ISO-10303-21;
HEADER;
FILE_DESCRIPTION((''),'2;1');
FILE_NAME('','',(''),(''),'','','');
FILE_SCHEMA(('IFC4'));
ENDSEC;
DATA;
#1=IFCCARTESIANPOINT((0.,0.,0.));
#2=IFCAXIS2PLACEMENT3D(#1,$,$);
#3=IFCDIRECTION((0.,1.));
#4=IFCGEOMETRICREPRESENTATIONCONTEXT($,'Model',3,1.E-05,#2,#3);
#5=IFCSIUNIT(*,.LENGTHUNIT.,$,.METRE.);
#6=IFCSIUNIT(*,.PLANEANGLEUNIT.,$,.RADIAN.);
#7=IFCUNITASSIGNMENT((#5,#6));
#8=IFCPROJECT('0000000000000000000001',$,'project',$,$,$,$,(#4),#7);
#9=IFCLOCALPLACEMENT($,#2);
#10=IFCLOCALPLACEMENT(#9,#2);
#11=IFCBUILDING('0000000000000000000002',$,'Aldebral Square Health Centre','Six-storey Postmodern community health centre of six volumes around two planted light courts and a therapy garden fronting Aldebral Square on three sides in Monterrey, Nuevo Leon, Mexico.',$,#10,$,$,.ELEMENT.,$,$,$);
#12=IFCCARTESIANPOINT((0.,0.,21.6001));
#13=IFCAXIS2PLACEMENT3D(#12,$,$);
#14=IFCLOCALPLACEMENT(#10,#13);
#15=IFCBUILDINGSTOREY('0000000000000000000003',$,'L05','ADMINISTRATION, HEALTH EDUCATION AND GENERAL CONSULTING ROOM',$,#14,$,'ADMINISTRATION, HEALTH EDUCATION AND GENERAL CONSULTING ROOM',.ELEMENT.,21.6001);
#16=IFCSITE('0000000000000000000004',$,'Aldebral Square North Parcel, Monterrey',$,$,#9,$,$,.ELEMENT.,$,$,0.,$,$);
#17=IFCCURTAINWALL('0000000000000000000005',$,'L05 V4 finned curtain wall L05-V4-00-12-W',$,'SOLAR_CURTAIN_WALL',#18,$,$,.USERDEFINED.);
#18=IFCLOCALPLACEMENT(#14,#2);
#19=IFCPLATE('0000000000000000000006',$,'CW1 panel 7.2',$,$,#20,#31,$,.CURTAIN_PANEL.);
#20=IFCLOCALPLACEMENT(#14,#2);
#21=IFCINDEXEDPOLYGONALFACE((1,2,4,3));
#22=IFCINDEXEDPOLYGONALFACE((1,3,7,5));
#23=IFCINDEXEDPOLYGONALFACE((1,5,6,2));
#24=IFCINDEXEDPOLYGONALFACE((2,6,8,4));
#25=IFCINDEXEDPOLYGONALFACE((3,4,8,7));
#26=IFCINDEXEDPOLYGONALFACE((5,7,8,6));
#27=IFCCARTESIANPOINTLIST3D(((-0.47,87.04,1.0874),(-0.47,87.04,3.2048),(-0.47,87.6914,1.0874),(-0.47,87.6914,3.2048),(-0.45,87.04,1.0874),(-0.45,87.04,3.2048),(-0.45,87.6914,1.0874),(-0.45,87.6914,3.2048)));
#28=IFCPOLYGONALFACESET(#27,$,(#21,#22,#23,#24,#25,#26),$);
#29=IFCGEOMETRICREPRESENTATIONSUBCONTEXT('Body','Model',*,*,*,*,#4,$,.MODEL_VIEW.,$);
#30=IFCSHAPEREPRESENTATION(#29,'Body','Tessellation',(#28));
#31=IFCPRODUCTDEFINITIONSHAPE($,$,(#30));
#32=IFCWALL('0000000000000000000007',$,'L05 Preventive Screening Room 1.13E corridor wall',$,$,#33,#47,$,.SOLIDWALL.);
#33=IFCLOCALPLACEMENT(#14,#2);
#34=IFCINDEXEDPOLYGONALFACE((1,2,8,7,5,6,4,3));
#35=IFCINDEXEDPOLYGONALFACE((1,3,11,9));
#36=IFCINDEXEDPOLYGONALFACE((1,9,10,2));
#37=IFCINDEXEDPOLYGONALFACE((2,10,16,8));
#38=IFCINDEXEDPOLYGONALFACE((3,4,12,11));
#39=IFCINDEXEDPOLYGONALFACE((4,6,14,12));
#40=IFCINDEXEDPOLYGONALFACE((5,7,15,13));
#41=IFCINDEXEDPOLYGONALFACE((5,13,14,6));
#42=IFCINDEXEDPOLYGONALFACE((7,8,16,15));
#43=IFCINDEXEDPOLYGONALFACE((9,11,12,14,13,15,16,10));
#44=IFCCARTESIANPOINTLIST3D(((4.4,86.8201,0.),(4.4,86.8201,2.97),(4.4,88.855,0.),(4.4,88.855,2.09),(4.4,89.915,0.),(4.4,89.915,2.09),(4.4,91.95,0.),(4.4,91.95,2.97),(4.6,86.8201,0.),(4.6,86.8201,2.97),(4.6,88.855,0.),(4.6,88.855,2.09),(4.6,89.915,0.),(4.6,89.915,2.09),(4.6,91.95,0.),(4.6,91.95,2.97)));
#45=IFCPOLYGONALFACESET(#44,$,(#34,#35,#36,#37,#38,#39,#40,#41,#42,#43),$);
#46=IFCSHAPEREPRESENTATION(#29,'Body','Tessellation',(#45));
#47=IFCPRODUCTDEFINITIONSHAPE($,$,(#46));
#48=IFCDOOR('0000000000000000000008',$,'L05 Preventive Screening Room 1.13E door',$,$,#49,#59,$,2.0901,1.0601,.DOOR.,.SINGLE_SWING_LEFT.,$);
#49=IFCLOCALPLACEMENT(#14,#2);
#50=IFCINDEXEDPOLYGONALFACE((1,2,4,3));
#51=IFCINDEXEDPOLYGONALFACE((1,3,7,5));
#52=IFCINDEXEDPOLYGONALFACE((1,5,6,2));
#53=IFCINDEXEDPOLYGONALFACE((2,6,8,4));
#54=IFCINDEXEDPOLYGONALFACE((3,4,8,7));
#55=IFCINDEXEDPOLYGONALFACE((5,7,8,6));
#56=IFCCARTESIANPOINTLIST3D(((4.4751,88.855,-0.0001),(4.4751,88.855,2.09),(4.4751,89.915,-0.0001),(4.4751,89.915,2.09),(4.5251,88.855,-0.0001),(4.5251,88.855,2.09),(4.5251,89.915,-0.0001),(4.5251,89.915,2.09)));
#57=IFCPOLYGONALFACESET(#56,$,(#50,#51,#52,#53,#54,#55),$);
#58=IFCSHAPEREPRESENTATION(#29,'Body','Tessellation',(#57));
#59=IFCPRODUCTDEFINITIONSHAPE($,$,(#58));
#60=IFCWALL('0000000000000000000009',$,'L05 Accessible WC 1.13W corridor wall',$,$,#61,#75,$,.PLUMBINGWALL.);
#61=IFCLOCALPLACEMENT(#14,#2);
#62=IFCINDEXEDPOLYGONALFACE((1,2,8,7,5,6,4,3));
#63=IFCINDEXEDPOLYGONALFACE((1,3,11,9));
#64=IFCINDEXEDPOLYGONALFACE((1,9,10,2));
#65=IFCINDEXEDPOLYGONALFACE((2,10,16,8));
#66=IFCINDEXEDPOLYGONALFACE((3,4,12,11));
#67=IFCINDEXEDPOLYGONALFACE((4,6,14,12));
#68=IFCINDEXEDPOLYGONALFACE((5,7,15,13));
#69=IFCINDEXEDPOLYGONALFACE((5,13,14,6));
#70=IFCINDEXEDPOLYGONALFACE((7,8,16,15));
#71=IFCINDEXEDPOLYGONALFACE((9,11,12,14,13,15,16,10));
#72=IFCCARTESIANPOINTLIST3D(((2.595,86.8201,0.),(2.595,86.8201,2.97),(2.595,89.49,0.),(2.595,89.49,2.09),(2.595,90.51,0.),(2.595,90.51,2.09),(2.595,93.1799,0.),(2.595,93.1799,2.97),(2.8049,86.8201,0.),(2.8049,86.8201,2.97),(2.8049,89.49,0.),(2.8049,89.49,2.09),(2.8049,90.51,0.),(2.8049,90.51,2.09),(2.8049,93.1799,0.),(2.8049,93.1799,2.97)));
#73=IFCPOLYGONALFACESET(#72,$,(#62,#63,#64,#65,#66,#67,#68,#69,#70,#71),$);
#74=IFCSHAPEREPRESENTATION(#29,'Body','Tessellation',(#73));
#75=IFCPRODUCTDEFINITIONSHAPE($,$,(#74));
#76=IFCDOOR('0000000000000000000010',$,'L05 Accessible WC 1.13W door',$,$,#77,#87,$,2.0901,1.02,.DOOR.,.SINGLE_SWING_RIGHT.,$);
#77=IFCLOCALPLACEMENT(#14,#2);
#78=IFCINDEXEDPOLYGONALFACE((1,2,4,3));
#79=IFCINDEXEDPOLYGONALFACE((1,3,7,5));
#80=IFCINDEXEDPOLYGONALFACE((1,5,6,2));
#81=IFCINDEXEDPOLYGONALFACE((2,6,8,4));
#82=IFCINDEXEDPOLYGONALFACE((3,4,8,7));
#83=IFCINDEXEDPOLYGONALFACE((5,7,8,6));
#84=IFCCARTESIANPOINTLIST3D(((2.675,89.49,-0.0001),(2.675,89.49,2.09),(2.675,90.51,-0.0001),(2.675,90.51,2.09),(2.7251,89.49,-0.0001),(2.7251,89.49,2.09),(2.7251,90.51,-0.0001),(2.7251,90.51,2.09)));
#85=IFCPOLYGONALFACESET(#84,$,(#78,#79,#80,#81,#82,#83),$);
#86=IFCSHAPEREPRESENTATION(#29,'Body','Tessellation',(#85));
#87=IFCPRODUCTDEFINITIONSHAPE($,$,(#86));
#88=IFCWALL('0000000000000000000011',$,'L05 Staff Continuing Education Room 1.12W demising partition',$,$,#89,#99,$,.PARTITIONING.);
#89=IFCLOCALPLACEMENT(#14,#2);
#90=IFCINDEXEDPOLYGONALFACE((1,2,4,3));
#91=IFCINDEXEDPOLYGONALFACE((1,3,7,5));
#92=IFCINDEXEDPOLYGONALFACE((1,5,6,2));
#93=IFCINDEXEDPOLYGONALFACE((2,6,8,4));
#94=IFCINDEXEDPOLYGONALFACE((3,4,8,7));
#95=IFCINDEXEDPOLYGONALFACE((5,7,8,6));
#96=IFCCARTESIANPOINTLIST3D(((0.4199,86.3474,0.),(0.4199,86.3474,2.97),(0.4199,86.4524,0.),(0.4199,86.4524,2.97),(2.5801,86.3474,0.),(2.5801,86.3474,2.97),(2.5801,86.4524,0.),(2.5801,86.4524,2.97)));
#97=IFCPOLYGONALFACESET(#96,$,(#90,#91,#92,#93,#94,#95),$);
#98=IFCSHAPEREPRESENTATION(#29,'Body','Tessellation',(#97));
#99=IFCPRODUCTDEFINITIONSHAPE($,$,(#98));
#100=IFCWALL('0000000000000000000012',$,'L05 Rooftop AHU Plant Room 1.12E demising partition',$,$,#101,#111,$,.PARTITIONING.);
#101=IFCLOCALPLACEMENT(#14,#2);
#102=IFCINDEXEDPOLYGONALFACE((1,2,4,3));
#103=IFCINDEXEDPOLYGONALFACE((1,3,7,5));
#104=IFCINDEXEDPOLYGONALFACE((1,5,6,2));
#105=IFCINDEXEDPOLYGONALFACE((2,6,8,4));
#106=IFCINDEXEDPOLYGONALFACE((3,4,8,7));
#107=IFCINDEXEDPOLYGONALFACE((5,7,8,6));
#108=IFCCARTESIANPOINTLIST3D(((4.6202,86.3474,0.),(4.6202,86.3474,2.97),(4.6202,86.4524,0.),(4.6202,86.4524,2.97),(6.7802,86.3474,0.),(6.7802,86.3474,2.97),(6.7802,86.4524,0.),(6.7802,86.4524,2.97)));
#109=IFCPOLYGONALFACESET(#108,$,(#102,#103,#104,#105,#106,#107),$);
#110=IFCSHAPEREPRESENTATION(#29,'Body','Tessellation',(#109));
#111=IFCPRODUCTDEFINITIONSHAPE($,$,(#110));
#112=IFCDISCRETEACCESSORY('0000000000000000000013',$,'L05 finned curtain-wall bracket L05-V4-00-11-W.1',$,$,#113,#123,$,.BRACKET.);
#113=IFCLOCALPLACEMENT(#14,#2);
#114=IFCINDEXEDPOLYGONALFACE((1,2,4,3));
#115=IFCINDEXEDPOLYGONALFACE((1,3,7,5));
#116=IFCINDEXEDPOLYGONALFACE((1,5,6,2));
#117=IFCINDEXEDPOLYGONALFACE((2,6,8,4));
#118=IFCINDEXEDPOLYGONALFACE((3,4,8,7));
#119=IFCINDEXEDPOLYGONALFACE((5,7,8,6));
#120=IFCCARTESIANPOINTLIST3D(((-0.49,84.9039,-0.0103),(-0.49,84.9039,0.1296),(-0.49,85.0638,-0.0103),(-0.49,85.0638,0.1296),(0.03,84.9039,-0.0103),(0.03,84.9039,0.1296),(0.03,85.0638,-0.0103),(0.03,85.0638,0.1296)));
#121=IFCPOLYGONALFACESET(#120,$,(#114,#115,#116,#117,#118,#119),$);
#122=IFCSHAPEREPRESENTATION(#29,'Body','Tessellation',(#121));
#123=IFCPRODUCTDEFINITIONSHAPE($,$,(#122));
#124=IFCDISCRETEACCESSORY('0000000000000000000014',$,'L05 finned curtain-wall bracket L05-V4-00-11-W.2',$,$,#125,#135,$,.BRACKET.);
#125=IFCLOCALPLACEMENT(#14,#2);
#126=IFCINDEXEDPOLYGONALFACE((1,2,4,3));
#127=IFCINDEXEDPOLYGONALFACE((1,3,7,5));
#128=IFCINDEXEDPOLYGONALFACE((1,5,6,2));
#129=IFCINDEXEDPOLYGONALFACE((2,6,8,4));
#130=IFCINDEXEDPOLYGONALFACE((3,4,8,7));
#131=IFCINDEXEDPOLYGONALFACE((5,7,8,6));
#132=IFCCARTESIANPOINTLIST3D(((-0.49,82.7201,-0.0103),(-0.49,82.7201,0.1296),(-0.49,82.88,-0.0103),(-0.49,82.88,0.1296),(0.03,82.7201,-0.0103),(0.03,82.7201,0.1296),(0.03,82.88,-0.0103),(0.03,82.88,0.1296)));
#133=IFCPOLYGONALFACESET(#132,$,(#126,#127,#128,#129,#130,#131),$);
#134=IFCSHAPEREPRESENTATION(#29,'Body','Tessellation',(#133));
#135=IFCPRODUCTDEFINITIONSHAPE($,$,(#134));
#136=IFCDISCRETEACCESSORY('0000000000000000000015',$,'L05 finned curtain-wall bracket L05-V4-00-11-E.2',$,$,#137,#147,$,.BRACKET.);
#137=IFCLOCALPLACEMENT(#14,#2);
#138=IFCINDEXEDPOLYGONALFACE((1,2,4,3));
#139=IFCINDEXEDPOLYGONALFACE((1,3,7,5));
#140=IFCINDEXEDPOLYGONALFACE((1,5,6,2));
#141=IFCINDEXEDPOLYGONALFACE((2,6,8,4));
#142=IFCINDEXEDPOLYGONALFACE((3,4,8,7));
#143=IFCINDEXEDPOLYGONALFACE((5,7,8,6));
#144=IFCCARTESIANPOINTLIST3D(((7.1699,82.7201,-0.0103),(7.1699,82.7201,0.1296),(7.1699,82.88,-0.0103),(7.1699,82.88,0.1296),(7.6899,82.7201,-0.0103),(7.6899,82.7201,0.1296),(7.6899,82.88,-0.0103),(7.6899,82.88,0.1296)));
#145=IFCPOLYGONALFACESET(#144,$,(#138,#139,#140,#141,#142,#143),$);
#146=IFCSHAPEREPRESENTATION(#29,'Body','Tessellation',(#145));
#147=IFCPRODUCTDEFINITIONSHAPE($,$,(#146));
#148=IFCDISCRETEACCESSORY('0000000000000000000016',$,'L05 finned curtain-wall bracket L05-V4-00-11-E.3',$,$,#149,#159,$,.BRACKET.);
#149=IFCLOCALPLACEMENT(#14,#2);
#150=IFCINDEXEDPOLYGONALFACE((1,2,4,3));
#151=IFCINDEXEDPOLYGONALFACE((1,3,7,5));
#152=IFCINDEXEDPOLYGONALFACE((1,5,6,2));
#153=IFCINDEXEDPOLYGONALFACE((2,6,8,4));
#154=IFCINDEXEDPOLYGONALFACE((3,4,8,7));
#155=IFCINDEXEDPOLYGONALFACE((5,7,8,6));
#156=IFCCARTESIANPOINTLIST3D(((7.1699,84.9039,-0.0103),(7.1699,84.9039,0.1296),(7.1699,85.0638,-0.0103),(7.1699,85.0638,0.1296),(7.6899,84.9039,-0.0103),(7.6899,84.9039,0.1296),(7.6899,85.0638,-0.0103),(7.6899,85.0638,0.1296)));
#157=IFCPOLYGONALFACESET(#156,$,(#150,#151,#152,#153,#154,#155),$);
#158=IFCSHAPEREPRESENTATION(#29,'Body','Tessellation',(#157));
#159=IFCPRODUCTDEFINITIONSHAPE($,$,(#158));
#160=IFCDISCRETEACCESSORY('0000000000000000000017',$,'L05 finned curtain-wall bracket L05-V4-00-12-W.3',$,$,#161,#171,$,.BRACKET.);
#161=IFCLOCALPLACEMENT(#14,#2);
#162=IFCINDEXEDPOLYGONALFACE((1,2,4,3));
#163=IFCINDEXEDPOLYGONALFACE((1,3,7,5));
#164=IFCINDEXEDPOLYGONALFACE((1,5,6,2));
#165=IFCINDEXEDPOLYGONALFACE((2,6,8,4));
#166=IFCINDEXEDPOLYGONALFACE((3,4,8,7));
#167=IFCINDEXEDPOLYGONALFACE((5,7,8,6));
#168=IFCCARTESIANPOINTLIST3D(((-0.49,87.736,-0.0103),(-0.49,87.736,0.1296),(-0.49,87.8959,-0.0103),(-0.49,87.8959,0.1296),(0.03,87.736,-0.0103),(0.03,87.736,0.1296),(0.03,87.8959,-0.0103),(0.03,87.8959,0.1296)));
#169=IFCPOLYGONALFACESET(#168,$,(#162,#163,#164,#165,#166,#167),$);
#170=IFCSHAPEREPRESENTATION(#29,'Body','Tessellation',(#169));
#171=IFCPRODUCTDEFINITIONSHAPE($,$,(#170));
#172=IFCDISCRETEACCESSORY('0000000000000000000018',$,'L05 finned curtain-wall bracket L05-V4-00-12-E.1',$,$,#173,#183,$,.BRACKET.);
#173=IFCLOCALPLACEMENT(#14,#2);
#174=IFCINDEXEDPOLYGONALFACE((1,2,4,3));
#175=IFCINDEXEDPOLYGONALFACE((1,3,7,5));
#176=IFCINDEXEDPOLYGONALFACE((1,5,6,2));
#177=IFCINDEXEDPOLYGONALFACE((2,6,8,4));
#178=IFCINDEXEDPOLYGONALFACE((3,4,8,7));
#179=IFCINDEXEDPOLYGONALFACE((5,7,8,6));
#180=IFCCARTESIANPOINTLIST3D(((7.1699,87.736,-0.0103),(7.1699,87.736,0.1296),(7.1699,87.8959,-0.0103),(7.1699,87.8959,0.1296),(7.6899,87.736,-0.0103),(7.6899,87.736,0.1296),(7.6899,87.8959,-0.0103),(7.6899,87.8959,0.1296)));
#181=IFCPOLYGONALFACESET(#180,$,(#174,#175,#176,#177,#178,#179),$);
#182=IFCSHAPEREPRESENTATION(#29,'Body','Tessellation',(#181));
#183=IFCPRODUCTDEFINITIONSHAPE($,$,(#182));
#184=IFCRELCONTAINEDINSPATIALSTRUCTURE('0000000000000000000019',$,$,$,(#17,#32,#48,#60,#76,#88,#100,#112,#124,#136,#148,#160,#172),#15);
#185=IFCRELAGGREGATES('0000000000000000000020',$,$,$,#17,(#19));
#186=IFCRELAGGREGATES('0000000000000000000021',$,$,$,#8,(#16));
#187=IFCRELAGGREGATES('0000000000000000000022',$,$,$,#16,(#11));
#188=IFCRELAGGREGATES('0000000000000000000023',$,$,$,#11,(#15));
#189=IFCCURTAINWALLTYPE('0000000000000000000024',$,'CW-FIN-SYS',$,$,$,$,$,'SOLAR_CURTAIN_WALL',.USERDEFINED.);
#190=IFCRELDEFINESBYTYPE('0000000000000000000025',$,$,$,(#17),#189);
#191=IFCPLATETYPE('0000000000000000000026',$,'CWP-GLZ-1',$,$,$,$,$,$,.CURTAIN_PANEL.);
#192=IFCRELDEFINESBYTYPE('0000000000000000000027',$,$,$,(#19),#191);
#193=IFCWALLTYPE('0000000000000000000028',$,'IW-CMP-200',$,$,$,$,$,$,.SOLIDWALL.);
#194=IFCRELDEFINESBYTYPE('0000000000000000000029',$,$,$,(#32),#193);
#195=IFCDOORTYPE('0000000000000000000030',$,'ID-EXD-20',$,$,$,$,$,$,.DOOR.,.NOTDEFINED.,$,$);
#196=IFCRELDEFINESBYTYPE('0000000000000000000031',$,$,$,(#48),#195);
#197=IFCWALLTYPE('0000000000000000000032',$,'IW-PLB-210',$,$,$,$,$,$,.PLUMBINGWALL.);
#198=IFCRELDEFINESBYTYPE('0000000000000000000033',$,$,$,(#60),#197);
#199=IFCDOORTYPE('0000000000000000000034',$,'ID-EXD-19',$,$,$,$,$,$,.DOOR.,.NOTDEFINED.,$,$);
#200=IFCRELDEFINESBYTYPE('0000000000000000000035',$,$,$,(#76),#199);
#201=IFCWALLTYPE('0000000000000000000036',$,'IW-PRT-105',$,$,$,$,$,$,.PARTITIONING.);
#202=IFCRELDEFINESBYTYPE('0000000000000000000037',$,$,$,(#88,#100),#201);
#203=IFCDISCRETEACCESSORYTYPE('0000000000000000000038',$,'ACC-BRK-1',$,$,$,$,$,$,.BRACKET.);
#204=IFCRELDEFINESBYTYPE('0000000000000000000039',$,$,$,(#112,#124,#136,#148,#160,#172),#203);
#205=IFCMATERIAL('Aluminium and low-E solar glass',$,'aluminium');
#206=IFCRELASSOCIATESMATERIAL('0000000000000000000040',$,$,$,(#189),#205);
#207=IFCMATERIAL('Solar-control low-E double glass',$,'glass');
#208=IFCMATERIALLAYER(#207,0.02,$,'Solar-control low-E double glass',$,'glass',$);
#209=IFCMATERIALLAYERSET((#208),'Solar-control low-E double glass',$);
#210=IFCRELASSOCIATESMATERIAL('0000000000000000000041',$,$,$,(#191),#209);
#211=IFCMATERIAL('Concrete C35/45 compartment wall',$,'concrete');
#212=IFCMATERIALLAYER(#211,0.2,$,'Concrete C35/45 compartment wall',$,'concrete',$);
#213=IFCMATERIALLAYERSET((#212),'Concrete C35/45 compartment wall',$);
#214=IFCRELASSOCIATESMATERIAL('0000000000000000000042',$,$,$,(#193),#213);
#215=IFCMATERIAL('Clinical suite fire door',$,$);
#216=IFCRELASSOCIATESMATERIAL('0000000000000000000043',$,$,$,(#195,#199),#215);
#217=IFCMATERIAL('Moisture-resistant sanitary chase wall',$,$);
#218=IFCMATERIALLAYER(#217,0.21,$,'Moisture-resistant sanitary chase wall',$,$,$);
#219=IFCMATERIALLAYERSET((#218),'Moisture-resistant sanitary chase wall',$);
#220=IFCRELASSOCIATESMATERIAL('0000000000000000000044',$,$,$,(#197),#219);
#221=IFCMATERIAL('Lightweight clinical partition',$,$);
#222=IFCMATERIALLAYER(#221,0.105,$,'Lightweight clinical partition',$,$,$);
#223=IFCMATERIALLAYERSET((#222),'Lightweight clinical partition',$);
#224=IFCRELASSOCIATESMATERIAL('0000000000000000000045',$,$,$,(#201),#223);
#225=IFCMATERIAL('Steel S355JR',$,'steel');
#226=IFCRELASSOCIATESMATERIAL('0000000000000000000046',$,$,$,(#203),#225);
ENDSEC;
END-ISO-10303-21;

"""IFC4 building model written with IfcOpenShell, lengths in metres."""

from ifc_helpers import new_model, si_unit, direction, frame, frame_2d, origin, origin_2d, place, context, subcontext, project, spatial, rectangle, extrude, material, layer, layer_set, type_object, element, fill, aggregate, save


model = new_model("IFC4")

# Units and contexts
model_context = context("Model", 3, precision=1e-05, world=origin(), true_north=direction((0.0, 1.0)))
body_context = subcontext(model_context, "Body", "Model", "MODEL_VIEW")
ifc_project = project(units=[si_unit("LENGTHUNIT", "METRE"), si_unit("PLANEANGLEUNIT", "RADIAN")], contexts=[model_context])

# Site, building, storey
site_placement = place(None, origin())
site = spatial("IfcSite", under=ifc_project, at=site_placement, Name="Aldebral Square North Parcel, Monterrey", CompositionType="ELEMENT", RefElevation=0.0)
building_placement = place(site_placement, origin())
building = spatial("IfcBuilding", under=site, at=building_placement, Name="Aldebral Square Health Centre", Description="Six-storey Postmodern community health centre of six volumes around two planted light courts and a therapy garden fronting Aldebral Square on three sides in Monterrey, Nuevo Leon, Mexico.", CompositionType="ELEMENT")
storey_placement = place(building_placement, frame((0.0, 0.0, 21.6001)))
storey = spatial("IfcBuildingStorey", under=building, at=storey_placement, Name="L05", Description="ADMINISTRATION, HEALTH EDUCATION AND GENERAL CONSULTING ROOM", LongName="ADMINISTRATION, HEALTH EDUCATION AND GENERAL CONSULTING ROOM", CompositionType="ELEMENT", Elevation=21.6001)

# Curtain wall, plate
ifc_material_1 = material(Name="Aluminium and low-E solar glass", Category="aluminium")
curtain_wall_type = type_object("IfcCurtainWallType", Name="CW-FIN-SYS", ElementType="SOLAR_CURTAIN_WALL", PredefinedType="USERDEFINED", material=ifc_material_1)
curtain_wall_placement = place(storey_placement, origin())
curtain_wall = element("IfcCurtainWall", 1, at=curtain_wall_placement, inside=storey, type_object=curtain_wall_type, Name="L05 V4 finned curtain wall L05-V4-00-12-W", ObjectType="SOLAR_CURTAIN_WALL", PredefinedType="USERDEFINED")
ifc_material_2 = material(Name="Solar-control low-E double glass", Category="glass")
ifc_layer_1 = layer(ifc_material_2, 0.02, Name="Solar-control low-E double glass", Category="glass")
ifc_layer_set_1 = layer_set([ifc_layer_1], Name="Solar-control low-E double glass")
plate_type = type_object("IfcPlateType", Name="CWP-GLZ-1", PredefinedType="CURTAIN_PANEL", material=ifc_layer_set_1)
plate_1_placement = place(storey_placement, frame((-0.46, 87.3657, 1.0874), z_axis=(0.0, 0.0, 1.0), x_axis=(0.0, -1.0, 0.0)))
plate_1 = element("IfcPlate", 2, at=plate_1_placement, type_object=plate_type, Name="CW1 panel 7.2", PredefinedType="CURTAIN_PANEL", context=body_context, shape_type="SweptSolid", body=[
    extrude(rectangle(XDim=0.6514, YDim=0.02, at=origin_2d()), origin(), (0.0, 0.0, 1.0), 2.1174),
])
aggregate(curtain_wall, [plate_1])

# Walls, openings, doors
ifc_material_3 = material(Name="Concrete C35/45 compartment wall", Category="concrete")
ifc_layer_2 = layer(ifc_material_3, 0.2, Name="Concrete C35/45 compartment wall", Category="concrete")
ifc_layer_set_2 = layer_set([ifc_layer_2], Name="Concrete C35/45 compartment wall")
wall_type_1 = type_object("IfcWallType", Name="IW-CMP-200", PredefinedType="SOLIDWALL", material=ifc_layer_set_2)
wall_1_placement = place(storey_placement, frame((4.5, 86.8201, 0.0), z_axis=(0.0, 0.0, 1.0), x_axis=(0.0, 1.0, 0.0)))
wall_1 = element("IfcWall", 3, at=wall_1_placement, inside=storey, type_object=wall_type_1, Name="L05 Preventive Screening Room 1.13E corridor wall", PredefinedType="SOLIDWALL", context=body_context, shape_type="SweptSolid", body=[
    extrude(rectangle(XDim=5.1299, YDim=0.2, at=frame_2d((2.5649, 0.0))), origin(), (0.0, 0.0, 1.0), 2.97),
])
opening_1_placement = place(wall_1_placement, frame((2.0349, 0.0, 0.0)))
opening_1 = element("IfcOpeningElement", 4, at=opening_1_placement, cuts=wall_1, PredefinedType="OPENING", context=body_context, shape_type="SweptSolid", body=[
    extrude(rectangle(XDim=1.0601, YDim=2.0901, at=frame_2d((0.53, 1.0449))), frame((0.0, 0.1099, 0.0), z_axis=(0.0, -1.0, 0.0), x_axis=(1.0, 0.0, 0.0)), (0.0, 0.0, 1.0), 0.22),
])
ifc_material_4 = material(Name="Clinical suite fire door")
door_type_1 = type_object("IfcDoorType", Name="ID-EXD-20", OperationType="NOTDEFINED", PredefinedType="DOOR", material=ifc_material_4)
door_1_placement = place(opening_1_placement, origin())
door_1 = element("IfcDoor", 5, at=door_1_placement, inside=storey, type_object=door_type_1, Name="L05 Preventive Screening Room 1.13E door", OperationType="SINGLE_SWING_LEFT", OverallHeight=2.0901, OverallWidth=1.0601, PredefinedType="DOOR", context=body_context, shape_type="SweptSolid", body=[
    extrude(rectangle(XDim=1.0601, YDim=2.0901, at=frame_2d((0.53, 1.0449))), frame((0.0, 0.0249, 0.0), z_axis=(0.0, -1.0, 0.0), x_axis=(1.0, 0.0, 0.0)), (0.0, 0.0, 1.0), 0.05),
])
fill(opening_1, door_1)
ifc_material_5 = material(Name="Moisture-resistant sanitary chase wall")
ifc_layer_3 = layer(ifc_material_5, 0.21, Name="Moisture-resistant sanitary chase wall")
ifc_layer_set_3 = layer_set([ifc_layer_3], Name="Moisture-resistant sanitary chase wall")
wall_type_2 = type_object("IfcWallType", Name="IW-PLB-210", PredefinedType="PLUMBINGWALL", material=ifc_layer_set_3)
wall_2_placement = place(storey_placement, frame((2.7, 86.8201, 0.0), z_axis=(0.0, 0.0, 1.0), x_axis=(0.0, 1.0, 0.0)))
wall_2 = element("IfcWall", 6, at=wall_2_placement, inside=storey, type_object=wall_type_2, Name="L05 Accessible WC 1.13W corridor wall", PredefinedType="PLUMBINGWALL", context=body_context, shape_type="SweptSolid", body=[
    extrude(rectangle(XDim=6.3599, YDim=0.21, at=frame_2d((3.1799, 0.0))), origin(), (0.0, 0.0, 1.0), 2.97),
])
opening_2_placement = place(wall_2_placement, frame((2.6699, 0.0, 0.0)))
opening_2 = element("IfcOpeningElement", 7, at=opening_2_placement, cuts=wall_2, PredefinedType="OPENING", context=body_context, shape_type="SweptSolid", body=[
    extrude(rectangle(XDim=1.02, YDim=2.0901, at=frame_2d((0.51, 1.0449))), frame((0.0, 0.115, 0.0), z_axis=(0.0, -1.0, 0.0), x_axis=(1.0, 0.0, 0.0)), (0.0, 0.0, 1.0), 0.23),
])
door_type_2 = type_object("IfcDoorType", Name="ID-EXD-19", OperationType="NOTDEFINED", PredefinedType="DOOR", material=ifc_material_4)
door_2_placement = place(opening_2_placement, origin())
door_2 = element("IfcDoor", 8, at=door_2_placement, inside=storey, type_object=door_type_2, Name="L05 Accessible WC 1.13W door", OperationType="SINGLE_SWING_RIGHT", OverallHeight=2.0901, OverallWidth=1.02, PredefinedType="DOOR", context=body_context, shape_type="SweptSolid", body=[
    extrude(rectangle(XDim=1.02, YDim=2.0901, at=frame_2d((0.51, 1.0449))), frame((0.0, 0.0249, 0.0), z_axis=(0.0, -1.0, 0.0), x_axis=(1.0, 0.0, 0.0)), (0.0, 0.0, 1.0), 0.05),
])
fill(opening_2, door_2)

# Walls
ifc_material_6 = material(Name="Lightweight clinical partition")
ifc_layer_4 = layer(ifc_material_6, 0.105, Name="Lightweight clinical partition")
ifc_layer_set_4 = layer_set([ifc_layer_4], Name="Lightweight clinical partition")
wall_type_3 = type_object("IfcWallType", Name="IW-PRT-105", PredefinedType="PARTITIONING", material=ifc_layer_set_4)
wall_3_placement = place(storey_placement, frame((0.4199, 86.3999, 0.0), z_axis=(0.0, 0.0, 1.0), x_axis=(1.0, 0.0, 0.0)))
element("IfcWall", 9, at=wall_3_placement, inside=storey, type_object=wall_type_3, Name="L05 Staff Continuing Education Room 1.12W demising partition", PredefinedType="PARTITIONING", context=body_context, shape_type="SweptSolid", body=[
    extrude(rectangle(XDim=2.1602, YDim=0.105, at=frame_2d((1.0801, 0.0))), origin(), (0.0, 0.0, 1.0), 2.97),
])
wall_4_placement = place(storey_placement, frame((4.6201, 86.3999, 0.0), z_axis=(0.0, 0.0, 1.0), x_axis=(1.0, 0.0, 0.0)))
element("IfcWall", 10, at=wall_4_placement, inside=storey, type_object=wall_type_3, Name="L05 Rooftop AHU Plant Room 1.12E demising partition", PredefinedType="PARTITIONING", context=body_context, shape_type="SweptSolid", body=[
    extrude(rectangle(XDim=2.1599, YDim=0.105, at=frame_2d((1.0801, 0.0))), origin(), (0.0, 0.0, 1.0), 2.97),
])

# Discrete accessories
ifc_material_7 = material(Name="Steel S355JR", Category="steel")
discrete_accessory_type = type_object("IfcDiscreteAccessoryType", Name="ACC-BRK-1", PredefinedType="BRACKET", material=ifc_material_7)
for number, where, z_axis, x_axis, name in (
    (11, (-0.23, 84.9839, -0.0103), (0.0, 0.0, 1.0), (0.0, 1.0, 0.0), "L05 finned curtain-wall bracket L05-V4-00-11-W.1"),
    (12, (-0.23, 82.8, -0.0103), (0.0, 0.0, 1.0), (0.0, 1.0, 0.0), "L05 finned curtain-wall bracket L05-V4-00-11-W.2"),
    (13, (7.4299, 82.8, -0.0103), (0.0, 0.0, 1.0), (0.0, 1.0, 0.0), "L05 finned curtain-wall bracket L05-V4-00-11-E.2"),
    (14, (7.4299, 84.9839, -0.0103), (0.0, 0.0, 1.0), (0.0, 1.0, 0.0), "L05 finned curtain-wall bracket L05-V4-00-11-E.3"),
    (15, (-0.23, 87.8159, -0.0103), (0.0, 0.0, 1.0), (0.0, 1.0, 0.0), "L05 finned curtain-wall bracket L05-V4-00-12-W.3"),
    (16, (7.4299, 87.8159, -0.0103), (0.0, 0.0, 1.0), (0.0, 1.0, 0.0), "L05 finned curtain-wall bracket L05-V4-00-12-E.1"),
):
    element("IfcDiscreteAccessory", number, at=place(storey_placement, frame(where, z_axis=z_axis, x_axis=x_axis)), inside=storey, type_object=discrete_accessory_type, Name=name, PredefinedType="BRACKET", context=body_context, shape_type="SweptSolid", body=[
        extrude(rectangle(XDim=0.1599, YDim=0.52, at=origin_2d()), origin(), (0.0, 0.0, 1.0), 0.1399),
    ])

save(model, "model.ifc")
